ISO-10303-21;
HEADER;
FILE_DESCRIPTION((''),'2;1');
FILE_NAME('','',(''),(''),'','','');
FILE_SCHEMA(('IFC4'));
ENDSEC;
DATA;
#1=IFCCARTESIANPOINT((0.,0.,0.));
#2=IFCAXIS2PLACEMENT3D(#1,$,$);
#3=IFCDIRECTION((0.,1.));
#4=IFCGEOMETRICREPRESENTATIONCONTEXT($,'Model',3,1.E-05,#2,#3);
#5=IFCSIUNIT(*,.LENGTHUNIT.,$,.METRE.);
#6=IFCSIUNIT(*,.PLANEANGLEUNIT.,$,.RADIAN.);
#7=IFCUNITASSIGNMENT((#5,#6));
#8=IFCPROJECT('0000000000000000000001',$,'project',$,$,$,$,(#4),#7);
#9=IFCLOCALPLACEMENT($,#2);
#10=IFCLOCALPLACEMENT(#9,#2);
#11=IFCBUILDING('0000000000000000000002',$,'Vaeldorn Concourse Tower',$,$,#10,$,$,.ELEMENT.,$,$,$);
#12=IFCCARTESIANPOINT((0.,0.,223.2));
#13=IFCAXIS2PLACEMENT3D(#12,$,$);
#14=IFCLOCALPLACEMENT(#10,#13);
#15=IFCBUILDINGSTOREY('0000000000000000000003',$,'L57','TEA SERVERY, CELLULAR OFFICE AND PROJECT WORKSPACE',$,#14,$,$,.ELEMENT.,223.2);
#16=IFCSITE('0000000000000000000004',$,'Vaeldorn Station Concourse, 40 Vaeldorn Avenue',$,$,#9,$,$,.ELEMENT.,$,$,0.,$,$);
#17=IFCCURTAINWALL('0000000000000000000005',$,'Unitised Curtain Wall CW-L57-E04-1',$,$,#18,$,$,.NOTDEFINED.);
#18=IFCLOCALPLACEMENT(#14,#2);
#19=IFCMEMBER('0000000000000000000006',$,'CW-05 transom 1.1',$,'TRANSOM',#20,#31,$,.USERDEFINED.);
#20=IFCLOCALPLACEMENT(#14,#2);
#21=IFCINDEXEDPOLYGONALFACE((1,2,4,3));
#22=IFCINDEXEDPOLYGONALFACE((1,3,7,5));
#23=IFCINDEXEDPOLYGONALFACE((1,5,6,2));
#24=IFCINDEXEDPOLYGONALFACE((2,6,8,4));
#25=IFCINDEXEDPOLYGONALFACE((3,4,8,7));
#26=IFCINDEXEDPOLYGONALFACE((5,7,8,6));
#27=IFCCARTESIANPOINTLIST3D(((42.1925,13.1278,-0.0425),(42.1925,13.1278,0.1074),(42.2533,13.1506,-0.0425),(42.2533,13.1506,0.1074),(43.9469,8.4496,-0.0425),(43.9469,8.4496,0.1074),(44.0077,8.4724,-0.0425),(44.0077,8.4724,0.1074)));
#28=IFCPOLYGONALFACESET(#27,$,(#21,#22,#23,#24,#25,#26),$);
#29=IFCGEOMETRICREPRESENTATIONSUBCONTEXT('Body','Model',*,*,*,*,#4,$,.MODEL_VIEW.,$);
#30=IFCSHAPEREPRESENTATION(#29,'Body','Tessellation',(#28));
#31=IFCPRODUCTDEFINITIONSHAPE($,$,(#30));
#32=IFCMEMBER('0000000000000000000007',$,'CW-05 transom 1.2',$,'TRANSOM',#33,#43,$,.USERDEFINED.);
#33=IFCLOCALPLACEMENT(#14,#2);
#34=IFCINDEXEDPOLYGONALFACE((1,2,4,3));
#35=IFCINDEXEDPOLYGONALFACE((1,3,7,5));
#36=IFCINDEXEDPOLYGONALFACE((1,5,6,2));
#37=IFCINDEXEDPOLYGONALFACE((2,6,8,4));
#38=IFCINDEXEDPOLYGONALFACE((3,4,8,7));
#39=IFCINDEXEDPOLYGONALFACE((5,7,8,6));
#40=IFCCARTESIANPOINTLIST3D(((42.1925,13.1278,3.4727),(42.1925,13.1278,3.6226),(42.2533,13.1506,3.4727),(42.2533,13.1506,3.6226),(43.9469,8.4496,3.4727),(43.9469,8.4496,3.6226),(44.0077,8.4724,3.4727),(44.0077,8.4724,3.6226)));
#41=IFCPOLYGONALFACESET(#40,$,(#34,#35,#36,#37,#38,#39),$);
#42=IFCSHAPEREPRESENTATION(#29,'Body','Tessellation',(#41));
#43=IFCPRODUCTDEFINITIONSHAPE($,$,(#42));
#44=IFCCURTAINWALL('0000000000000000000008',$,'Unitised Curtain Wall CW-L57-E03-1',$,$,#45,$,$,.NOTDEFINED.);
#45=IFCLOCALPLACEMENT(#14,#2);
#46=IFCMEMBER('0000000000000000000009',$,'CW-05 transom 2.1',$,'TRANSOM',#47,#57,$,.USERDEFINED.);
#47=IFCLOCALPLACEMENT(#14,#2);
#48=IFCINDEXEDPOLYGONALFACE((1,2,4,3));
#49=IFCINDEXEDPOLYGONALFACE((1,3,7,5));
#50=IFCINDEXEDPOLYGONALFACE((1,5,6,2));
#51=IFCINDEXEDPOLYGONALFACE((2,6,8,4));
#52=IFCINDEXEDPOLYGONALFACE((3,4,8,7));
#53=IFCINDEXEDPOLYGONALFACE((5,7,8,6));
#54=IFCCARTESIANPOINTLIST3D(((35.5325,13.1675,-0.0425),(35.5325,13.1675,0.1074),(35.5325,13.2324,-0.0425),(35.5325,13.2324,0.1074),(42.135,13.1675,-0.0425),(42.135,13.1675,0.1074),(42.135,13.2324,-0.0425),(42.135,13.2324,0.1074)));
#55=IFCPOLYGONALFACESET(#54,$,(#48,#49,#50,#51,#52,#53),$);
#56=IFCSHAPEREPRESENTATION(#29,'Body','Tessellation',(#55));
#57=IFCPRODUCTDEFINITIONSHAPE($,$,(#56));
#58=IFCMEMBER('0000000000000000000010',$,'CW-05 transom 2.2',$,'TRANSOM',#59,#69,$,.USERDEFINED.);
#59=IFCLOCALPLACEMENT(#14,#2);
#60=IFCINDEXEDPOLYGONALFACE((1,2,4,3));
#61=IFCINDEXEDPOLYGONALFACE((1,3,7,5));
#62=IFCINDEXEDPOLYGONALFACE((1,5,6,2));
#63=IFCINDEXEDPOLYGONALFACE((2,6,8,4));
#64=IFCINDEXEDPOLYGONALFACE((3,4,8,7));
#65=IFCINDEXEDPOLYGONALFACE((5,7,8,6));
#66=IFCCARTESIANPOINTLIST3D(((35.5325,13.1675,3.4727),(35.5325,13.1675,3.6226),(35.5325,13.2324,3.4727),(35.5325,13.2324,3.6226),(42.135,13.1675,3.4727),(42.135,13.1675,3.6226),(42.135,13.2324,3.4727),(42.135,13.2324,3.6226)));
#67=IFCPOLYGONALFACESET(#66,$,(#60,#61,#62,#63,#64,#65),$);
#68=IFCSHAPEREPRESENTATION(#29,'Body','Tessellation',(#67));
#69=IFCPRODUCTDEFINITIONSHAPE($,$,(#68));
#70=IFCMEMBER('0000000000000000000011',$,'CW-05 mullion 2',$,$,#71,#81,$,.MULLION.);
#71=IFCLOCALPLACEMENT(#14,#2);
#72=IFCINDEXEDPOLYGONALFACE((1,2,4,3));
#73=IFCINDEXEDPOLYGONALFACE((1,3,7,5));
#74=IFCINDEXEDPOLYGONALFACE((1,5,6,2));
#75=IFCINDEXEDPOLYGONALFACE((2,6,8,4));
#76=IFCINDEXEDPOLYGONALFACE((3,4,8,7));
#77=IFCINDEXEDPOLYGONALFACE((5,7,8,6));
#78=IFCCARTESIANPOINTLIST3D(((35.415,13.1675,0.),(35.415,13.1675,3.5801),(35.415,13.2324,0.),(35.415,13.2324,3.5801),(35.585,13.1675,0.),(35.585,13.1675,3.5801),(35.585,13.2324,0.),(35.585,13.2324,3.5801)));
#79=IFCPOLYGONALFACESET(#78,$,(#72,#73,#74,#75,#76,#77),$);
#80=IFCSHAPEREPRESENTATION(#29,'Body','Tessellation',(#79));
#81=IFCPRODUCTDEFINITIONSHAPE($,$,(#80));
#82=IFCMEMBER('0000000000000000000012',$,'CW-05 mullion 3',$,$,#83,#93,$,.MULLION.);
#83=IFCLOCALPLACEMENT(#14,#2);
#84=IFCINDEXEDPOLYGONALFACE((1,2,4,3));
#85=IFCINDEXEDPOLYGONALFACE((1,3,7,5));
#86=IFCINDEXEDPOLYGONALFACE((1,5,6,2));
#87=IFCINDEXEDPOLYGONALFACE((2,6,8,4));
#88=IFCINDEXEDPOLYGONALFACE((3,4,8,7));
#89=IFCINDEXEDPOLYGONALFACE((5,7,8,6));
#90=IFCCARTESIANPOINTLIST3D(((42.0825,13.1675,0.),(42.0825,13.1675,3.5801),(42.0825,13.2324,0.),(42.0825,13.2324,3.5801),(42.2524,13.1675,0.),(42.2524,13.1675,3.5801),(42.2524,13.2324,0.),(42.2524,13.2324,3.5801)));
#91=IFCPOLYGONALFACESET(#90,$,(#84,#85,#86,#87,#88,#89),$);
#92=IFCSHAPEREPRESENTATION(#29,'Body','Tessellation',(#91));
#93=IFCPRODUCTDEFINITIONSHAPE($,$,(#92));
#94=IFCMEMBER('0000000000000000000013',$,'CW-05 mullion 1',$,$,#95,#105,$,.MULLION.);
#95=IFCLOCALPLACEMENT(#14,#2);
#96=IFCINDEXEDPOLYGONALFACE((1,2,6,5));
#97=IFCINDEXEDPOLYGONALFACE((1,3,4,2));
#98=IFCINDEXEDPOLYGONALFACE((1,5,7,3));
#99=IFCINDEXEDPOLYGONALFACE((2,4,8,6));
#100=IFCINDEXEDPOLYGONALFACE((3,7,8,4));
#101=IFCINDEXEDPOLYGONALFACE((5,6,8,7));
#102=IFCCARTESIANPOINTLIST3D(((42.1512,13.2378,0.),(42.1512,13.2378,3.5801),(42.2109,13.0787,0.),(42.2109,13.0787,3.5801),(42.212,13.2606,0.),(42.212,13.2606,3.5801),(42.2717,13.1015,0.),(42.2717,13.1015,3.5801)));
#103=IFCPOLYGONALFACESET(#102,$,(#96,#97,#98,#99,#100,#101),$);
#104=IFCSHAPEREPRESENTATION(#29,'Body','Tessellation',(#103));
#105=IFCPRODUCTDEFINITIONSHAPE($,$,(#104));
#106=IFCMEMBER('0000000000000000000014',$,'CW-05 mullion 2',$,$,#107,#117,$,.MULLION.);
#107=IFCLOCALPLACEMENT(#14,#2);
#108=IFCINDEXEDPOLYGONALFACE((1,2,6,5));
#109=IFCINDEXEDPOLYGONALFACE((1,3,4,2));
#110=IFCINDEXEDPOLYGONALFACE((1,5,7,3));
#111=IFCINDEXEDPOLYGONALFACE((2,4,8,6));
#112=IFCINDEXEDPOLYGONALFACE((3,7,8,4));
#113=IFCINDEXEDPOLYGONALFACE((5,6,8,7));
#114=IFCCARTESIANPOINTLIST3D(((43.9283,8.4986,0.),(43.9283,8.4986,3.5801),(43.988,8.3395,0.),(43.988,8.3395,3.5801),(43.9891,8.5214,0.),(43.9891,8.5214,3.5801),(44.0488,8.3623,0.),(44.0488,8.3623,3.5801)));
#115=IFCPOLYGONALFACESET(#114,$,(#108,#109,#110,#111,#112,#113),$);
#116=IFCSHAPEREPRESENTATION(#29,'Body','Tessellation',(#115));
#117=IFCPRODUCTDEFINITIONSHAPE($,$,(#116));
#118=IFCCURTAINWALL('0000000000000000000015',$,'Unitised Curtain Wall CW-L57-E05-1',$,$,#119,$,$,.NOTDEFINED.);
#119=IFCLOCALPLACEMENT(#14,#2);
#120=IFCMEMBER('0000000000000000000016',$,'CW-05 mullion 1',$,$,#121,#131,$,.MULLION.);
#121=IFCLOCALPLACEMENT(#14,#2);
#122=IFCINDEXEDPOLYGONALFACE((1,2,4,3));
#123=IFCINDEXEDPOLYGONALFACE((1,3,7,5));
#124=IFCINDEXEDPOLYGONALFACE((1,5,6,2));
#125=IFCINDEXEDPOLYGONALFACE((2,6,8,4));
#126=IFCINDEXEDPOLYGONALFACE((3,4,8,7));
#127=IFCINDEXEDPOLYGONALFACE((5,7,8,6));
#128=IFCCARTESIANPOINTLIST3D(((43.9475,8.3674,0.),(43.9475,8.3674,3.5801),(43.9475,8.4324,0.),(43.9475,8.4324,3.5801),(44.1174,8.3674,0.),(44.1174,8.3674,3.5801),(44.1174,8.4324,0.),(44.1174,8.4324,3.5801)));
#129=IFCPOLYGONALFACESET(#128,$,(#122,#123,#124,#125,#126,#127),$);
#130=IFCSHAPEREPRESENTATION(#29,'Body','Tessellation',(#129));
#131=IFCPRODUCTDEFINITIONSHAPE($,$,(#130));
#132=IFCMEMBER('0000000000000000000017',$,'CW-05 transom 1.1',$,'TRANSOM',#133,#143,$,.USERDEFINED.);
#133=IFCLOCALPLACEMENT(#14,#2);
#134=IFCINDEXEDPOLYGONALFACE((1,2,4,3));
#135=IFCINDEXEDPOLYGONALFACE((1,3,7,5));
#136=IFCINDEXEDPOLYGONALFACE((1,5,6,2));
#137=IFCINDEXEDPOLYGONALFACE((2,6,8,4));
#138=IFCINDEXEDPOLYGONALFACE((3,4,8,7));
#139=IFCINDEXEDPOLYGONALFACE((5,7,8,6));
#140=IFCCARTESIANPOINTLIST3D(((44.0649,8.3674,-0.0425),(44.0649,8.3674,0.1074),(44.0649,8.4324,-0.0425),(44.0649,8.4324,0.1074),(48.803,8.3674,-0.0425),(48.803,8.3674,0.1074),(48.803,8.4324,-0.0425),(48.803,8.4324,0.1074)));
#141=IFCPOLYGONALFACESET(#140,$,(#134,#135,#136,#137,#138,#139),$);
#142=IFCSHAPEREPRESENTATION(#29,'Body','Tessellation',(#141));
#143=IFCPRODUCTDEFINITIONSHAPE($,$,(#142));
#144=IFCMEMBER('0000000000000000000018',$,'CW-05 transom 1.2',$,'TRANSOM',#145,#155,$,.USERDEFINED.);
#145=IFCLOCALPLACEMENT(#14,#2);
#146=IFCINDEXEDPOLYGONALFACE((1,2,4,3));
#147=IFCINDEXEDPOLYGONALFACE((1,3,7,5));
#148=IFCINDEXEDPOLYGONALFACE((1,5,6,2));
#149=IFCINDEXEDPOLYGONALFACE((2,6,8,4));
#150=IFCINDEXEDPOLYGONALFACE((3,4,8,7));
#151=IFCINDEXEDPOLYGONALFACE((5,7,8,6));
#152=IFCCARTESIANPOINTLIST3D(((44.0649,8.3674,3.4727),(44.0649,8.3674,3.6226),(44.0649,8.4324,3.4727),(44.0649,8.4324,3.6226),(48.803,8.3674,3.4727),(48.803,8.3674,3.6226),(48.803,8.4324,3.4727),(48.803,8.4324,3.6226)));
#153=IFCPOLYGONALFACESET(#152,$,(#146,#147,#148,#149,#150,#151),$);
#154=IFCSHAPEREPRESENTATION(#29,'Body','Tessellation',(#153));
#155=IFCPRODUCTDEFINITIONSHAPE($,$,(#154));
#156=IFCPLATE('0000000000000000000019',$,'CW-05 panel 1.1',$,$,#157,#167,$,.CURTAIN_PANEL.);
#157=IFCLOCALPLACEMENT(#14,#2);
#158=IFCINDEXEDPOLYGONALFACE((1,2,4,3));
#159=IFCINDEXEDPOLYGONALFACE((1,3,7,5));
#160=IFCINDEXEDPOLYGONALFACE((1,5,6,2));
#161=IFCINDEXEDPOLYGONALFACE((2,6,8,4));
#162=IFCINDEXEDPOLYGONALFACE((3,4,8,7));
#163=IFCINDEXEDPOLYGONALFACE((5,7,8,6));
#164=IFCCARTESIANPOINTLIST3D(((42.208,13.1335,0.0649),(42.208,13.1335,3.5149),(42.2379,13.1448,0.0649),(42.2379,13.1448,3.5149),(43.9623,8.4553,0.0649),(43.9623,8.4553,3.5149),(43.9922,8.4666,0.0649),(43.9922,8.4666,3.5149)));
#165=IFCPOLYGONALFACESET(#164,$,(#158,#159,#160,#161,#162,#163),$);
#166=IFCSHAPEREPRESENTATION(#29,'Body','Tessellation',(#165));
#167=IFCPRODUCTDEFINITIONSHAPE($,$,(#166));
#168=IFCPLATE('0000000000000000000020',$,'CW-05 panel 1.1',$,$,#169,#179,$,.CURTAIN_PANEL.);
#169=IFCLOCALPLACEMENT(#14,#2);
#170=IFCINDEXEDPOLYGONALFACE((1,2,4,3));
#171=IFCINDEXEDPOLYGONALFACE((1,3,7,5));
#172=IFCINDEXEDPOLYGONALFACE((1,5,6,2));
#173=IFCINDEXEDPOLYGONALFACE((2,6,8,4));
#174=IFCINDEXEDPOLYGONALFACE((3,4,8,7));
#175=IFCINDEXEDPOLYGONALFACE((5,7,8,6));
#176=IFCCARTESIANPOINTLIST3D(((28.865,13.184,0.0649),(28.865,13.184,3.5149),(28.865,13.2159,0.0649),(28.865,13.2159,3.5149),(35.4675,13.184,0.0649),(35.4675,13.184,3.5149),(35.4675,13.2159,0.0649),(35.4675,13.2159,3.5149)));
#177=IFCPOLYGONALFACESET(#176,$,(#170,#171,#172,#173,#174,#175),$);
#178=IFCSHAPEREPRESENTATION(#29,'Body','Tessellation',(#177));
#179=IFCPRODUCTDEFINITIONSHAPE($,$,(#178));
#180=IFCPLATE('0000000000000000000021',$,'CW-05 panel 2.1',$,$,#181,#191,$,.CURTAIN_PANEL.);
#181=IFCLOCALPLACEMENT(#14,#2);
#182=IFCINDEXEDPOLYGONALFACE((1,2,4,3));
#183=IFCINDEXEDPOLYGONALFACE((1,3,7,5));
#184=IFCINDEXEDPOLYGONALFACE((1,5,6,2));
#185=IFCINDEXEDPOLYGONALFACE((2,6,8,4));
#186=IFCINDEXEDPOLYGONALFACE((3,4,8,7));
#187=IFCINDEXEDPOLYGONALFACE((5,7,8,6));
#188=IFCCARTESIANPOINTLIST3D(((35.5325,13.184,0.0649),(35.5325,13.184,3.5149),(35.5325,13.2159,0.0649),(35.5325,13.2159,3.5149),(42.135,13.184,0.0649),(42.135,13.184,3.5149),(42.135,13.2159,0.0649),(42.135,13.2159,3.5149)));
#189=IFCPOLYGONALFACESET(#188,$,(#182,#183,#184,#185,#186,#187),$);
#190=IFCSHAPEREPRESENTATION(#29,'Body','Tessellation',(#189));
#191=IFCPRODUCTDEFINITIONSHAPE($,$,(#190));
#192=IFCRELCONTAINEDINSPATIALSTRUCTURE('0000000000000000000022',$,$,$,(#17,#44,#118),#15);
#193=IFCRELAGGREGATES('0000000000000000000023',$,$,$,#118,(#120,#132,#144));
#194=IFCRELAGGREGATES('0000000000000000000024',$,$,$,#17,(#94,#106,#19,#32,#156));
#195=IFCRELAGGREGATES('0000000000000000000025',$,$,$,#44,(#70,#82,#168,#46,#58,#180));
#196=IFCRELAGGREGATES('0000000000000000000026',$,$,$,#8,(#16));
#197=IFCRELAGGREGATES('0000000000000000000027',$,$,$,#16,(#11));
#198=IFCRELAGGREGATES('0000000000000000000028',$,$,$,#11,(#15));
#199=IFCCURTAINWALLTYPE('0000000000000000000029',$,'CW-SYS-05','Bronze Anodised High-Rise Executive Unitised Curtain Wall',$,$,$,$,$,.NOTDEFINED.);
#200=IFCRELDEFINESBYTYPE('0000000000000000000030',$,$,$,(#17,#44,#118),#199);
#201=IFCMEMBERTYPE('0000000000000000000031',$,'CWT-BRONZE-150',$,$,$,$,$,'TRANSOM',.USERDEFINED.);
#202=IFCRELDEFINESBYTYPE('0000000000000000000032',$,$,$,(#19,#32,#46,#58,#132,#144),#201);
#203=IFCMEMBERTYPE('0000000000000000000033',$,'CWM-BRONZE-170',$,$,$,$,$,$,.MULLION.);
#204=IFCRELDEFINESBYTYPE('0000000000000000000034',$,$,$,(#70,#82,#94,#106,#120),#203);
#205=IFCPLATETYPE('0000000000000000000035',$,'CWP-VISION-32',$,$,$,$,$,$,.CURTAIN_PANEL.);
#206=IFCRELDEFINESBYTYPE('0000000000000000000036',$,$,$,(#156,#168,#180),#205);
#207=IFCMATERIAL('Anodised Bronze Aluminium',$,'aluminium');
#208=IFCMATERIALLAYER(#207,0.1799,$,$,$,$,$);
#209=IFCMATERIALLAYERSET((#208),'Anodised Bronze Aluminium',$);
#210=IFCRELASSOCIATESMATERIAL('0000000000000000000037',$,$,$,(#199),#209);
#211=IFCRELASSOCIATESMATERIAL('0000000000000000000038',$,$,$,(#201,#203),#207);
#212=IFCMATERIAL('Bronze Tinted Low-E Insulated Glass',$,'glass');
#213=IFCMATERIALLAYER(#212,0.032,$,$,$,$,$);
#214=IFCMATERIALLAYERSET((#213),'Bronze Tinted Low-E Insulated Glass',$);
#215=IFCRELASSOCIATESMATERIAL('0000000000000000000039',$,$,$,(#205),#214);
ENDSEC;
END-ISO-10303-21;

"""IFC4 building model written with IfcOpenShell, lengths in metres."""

from ifc_helpers import new_model, si_unit, direction, frame, origin, origin_2d, place, context, subcontext, project, spatial, rectangle, extrude, source, transform, mapped, material, layer, layer_set, material_profile, profile_set, type_object, element, aggregate, save


model = new_model("IFC4")

# Units and contexts
model_context = context("Model", 3, precision=1e-05, world=origin(), true_north=direction((0.0, 1.0)))
body_context = subcontext(model_context, "Body", "Model", "MODEL_VIEW")
ifc_project = project(units=[si_unit("LENGTHUNIT", "METRE"), si_unit("PLANEANGLEUNIT", "RADIAN")], contexts=[model_context])

# Site, building, storey
site_placement = place(None, origin())
site = spatial("IfcSite", under=ifc_project, at=site_placement, Name="Vaeldorn Station Concourse, 40 Vaeldorn Avenue", CompositionType="ELEMENT", RefElevation=0.0)
building_placement = place(site_placement, origin())
building = spatial("IfcBuilding", under=site, at=building_placement, Name="Vaeldorn Concourse Tower", CompositionType="ELEMENT")
storey_placement = place(building_placement, frame((0.0, 0.0, 223.2)))
storey = spatial("IfcBuildingStorey", under=building, at=storey_placement, Name="L57", Description="TEA SERVERY, CELLULAR OFFICE AND PROJECT WORKSPACE", CompositionType="ELEMENT", Elevation=223.2)

# Curtain walls, members
ifc_material_1 = material(Name="Anodised Bronze Aluminium", Category="aluminium")
ifc_layer_1 = layer(ifc_material_1, 0.1799)
ifc_layer_set_1 = layer_set([ifc_layer_1], Name="Anodised Bronze Aluminium")
curtain_wall_type = type_object("IfcCurtainWallType", Name="CW-SYS-05", Description="Bronze Anodised High-Rise Executive Unitised Curtain Wall", PredefinedType="NOTDEFINED", material=ifc_layer_set_1)
curtain_wall_1_placement = place(storey_placement, origin())
curtain_wall_1 = element("IfcCurtainWall", 1, at=curtain_wall_1_placement, inside=storey, type_object=curtain_wall_type, Name="Unitised Curtain Wall CW-L57-E04-1", PredefinedType="NOTDEFINED")
ifc_material_profile_1 = material_profile(ifc_material_1, rectangle(XDim=0.0649, YDim=0.1499, at=origin_2d()), Name="CWT 65x150")
ifc_profile_set_1 = profile_set([ifc_material_profile_1], Name="Anodised Bronze Aluminium")
member_type_1 = type_object("IfcMemberType", Name="CWT-BRONZE-150", ElementType="TRANSOM", PredefinedType="USERDEFINED", material=ifc_profile_set_1)
shared_shape_1 = source(origin(), body_context, "Body", "SweptSolid", [
    extrude(rectangle(XDim=0.0649, YDim=0.1499, at=origin_2d()), origin(), (0.0, 0.0, 1.0), 4.9963),
])
member_1_placement = place(storey_placement, frame((42.2229, 13.1392, 0.0325), z_axis=(0.351134, -0.936325, 0.0), x_axis=(0.936325, 0.351134, 0.0)))
member_1 = element("IfcMember", 2, at=member_1_placement, type_object=member_type_1, Name="CW-05 transom 1.1", ObjectType="TRANSOM", PredefinedType="USERDEFINED", context=body_context, shape_type="MappedRepresentation", body=[
    mapped(shared_shape_1, transform((0.0, 0.0, 0.0), scale=1.0)),
])
member_2_placement = place(storey_placement, frame((42.2229, 13.1392, 3.5476), z_axis=(0.351134, -0.936325, 0.0), x_axis=(0.936325, 0.351134, 0.0)))
member_2 = element("IfcMember", 3, at=member_2_placement, type_object=member_type_1, Name="CW-05 transom 1.2", ObjectType="TRANSOM", PredefinedType="USERDEFINED", context=body_context, shape_type="MappedRepresentation", body=[
    mapped(shared_shape_1, transform((0.0, 0.0, 0.0), scale=1.0)),
])
curtain_wall_2_placement = place(storey_placement, origin())
curtain_wall_2 = element("IfcCurtainWall", 4, at=curtain_wall_2_placement, inside=storey, type_object=curtain_wall_type, Name="Unitised Curtain Wall CW-L57-E03-1", PredefinedType="NOTDEFINED")
shared_shape_2 = source(origin(), body_context, "Body", "SweptSolid", [
    extrude(rectangle(XDim=0.0649, YDim=0.1499, at=origin_2d()), origin(), (0.0, 0.0, 1.0), 6.6025),
])
member_3_placement = place(storey_placement, frame((35.5325, 13.2, 0.0325), z_axis=(1.0, 0.0, 0.0), x_axis=(0.0, 1.0, 0.0)))
member_3 = element("IfcMember", 5, at=member_3_placement, type_object=member_type_1, Name="CW-05 transom 2.1", ObjectType="TRANSOM", PredefinedType="USERDEFINED", context=body_context, shape_type="MappedRepresentation", body=[
    mapped(shared_shape_2, transform((0.0, 0.0, 0.0), scale=1.0)),
])
member_4_placement = place(storey_placement, frame((35.5325, 13.2, 3.5476), z_axis=(1.0, 0.0, 0.0), x_axis=(0.0, 1.0, 0.0)))
member_4 = element("IfcMember", 6, at=member_4_placement, type_object=member_type_1, Name="CW-05 transom 2.2", ObjectType="TRANSOM", PredefinedType="USERDEFINED", context=body_context, shape_type="MappedRepresentation", body=[
    mapped(shared_shape_2, transform((0.0, 0.0, 0.0), scale=1.0)),
])
ifc_material_profile_2 = material_profile(ifc_material_1, rectangle(XDim=0.0649, YDim=0.1699, at=origin_2d()), Name="CWM 65x170")
ifc_profile_set_2 = profile_set([ifc_material_profile_2], Name="Anodised Bronze Aluminium")
member_type_2 = type_object("IfcMemberType", Name="CWM-BRONZE-170", PredefinedType="MULLION", material=ifc_profile_set_2)
shared_shape_3 = source(origin(), body_context, "Body", "SweptSolid", [
    extrude(rectangle(XDim=0.0649, YDim=0.1699, at=origin_2d()), origin(), (0.0, 0.0, 1.0), 3.5801),
])
member_5_placement = place(storey_placement, frame((35.5, 13.2, 0.0), z_axis=(0.0, 0.0, 1.0), x_axis=(0.0, 1.0, 0.0)))
member_5 = element("IfcMember", 7, at=member_5_placement, type_object=member_type_2, Name="CW-05 mullion 2", PredefinedType="MULLION", context=body_context, shape_type="MappedRepresentation", body=[
    mapped(shared_shape_3, transform((0.0, 0.0, 0.0), scale=1.0)),
])
member_6_placement = place(storey_placement, frame((42.1675, 13.2, 0.0), z_axis=(0.0, 0.0, 1.0), x_axis=(0.0, 1.0, 0.0)))
member_6 = element("IfcMember", 8, at=member_6_placement, type_object=member_type_2, Name="CW-05 mullion 3", PredefinedType="MULLION", context=body_context, shape_type="MappedRepresentation", body=[
    mapped(shared_shape_3, transform((0.0, 0.0, 0.0), scale=1.0)),
])

# Members
member_7_placement = place(storey_placement, frame((42.2114, 13.1697, 0.0), z_axis=(0.0, 0.0, 1.0), x_axis=(0.936329, 0.351123, 0.0)))
member_7 = element("IfcMember", 9, at=member_7_placement, type_object=member_type_2, Name="CW-05 mullion 1", PredefinedType="MULLION", context=body_context, shape_type="MappedRepresentation", body=[
    mapped(shared_shape_3, transform((0.0, 0.0, 0.0), scale=1.0)),
])
member_8_placement = place(storey_placement, frame((43.9885, 8.4304, 0.0), z_axis=(0.0, 0.0, 1.0), x_axis=(0.936329, 0.351123, 0.0)))
member_8 = element("IfcMember", 10, at=member_8_placement, type_object=member_type_2, Name="CW-05 mullion 2", PredefinedType="MULLION", context=body_context, shape_type="MappedRepresentation", body=[
    mapped(shared_shape_3, transform((0.0, 0.0, 0.0), scale=1.0)),
])

# Curtain wall, members
curtain_wall_3_placement = place(storey_placement, origin())
curtain_wall_3 = element("IfcCurtainWall", 11, at=curtain_wall_3_placement, inside=storey, type_object=curtain_wall_type, Name="Unitised Curtain Wall CW-L57-E05-1", PredefinedType="NOTDEFINED")
member_9_placement = place(storey_placement, frame((44.0325, 8.3999, 0.0), z_axis=(0.0, 0.0, 1.0), x_axis=(0.0, 1.0, 0.0)))
member_9 = element("IfcMember", 12, at=member_9_placement, type_object=member_type_2, Name="CW-05 mullion 1", PredefinedType="MULLION", context=body_context, shape_type="MappedRepresentation", body=[
    mapped(shared_shape_3, transform((0.0, 0.0, 0.0), scale=1.0)),
])
shared_shape_4 = source(origin(), body_context, "Body", "SweptSolid", [
    extrude(rectangle(XDim=0.0649, YDim=0.1499, at=origin_2d()), origin(), (0.0, 0.0, 1.0), 4.738),
])
member_10_placement = place(storey_placement, frame((44.0649, 8.3999, 0.0325), z_axis=(1.0, 0.0, 0.0), x_axis=(0.0, 1.0, 0.0)))
member_10 = element("IfcMember", 13, at=member_10_placement, type_object=member_type_1, Name="CW-05 transom 1.1", ObjectType="TRANSOM", PredefinedType="USERDEFINED", context=body_context, shape_type="MappedRepresentation", body=[
    mapped(shared_shape_4, transform((0.0, 0.0, 0.0), scale=1.0)),
])
member_11_placement = place(storey_placement, frame((44.0649, 8.3999, 3.5476), z_axis=(1.0, 0.0, 0.0), x_axis=(0.0, 1.0, 0.0)))
member_11 = element("IfcMember", 14, at=member_11_placement, type_object=member_type_1, Name="CW-05 transom 1.2", ObjectType="TRANSOM", PredefinedType="USERDEFINED", context=body_context, shape_type="MappedRepresentation", body=[
    mapped(shared_shape_4, transform((0.0, 0.0, 0.0), scale=1.0)),
])
aggregate(curtain_wall_3, [member_9, member_10, member_11])

# Plates
ifc_material_2 = material(Name="Bronze Tinted Low-E Insulated Glass", Category="glass")
ifc_layer_2 = layer(ifc_material_2, 0.032)
ifc_layer_set_2 = layer_set([ifc_layer_2], Name="Bronze Tinted Low-E Insulated Glass")
plate_type = type_object("IfcPlateType", Name="CWP-VISION-32", PredefinedType="CURTAIN_PANEL", material=ifc_layer_set_2)
shared_shape_5 = source(origin(), body_context, "Body", "SweptSolid", [
    extrude(rectangle(XDim=4.9963, YDim=0.032, at=origin_2d()), origin(), (0.0, 0.0, 1.0), 3.45),
])
plate_1_placement = place(storey_placement, frame((43.1001, 10.8, 0.0649), z_axis=(0.0, 0.0, 1.0), x_axis=(0.351123, -0.936329, 0.0)))
plate_1 = element("IfcPlate", 15, at=plate_1_placement, type_object=plate_type, Name="CW-05 panel 1.1", PredefinedType="CURTAIN_PANEL", context=body_context, shape_type="MappedRepresentation", body=[
    mapped(shared_shape_5, transform((0.0, 0.0, 0.0), scale=1.0)),
])
aggregate(curtain_wall_1, [member_7, member_8, member_1, member_2, plate_1])
shared_shape_6 = source(origin(), body_context, "Body", "SweptSolid", [
    extrude(rectangle(XDim=6.6025, YDim=0.032, at=origin_2d()), origin(), (0.0, 0.0, 1.0), 3.45),
])
plate_2_placement = place(storey_placement, frame((32.1663, 13.2, 0.0649), z_axis=(0.0, 0.0, 1.0), x_axis=(1.0, 0.0, 0.0)))
plate_2 = element("IfcPlate", 16, at=plate_2_placement, type_object=plate_type, Name="CW-05 panel 1.1", PredefinedType="CURTAIN_PANEL", context=body_context, shape_type="MappedRepresentation", body=[
    mapped(shared_shape_6, transform((0.0, 0.0, 0.0), scale=1.0)),
])
plate_3_placement = place(storey_placement, frame((38.8337, 13.2, 0.0649), z_axis=(0.0, 0.0, 1.0), x_axis=(1.0, 0.0, 0.0)))
plate_3 = element("IfcPlate", 17, at=plate_3_placement, type_object=plate_type, Name="CW-05 panel 2.1", PredefinedType="CURTAIN_PANEL", context=body_context, shape_type="MappedRepresentation", body=[
    mapped(shared_shape_6, transform((0.0, 0.0, 0.0), scale=1.0)),
])
aggregate(curtain_wall_2, [member_5, member_6, plate_2, member_3, member_4, plate_3])

save(model, "model.ifc")
